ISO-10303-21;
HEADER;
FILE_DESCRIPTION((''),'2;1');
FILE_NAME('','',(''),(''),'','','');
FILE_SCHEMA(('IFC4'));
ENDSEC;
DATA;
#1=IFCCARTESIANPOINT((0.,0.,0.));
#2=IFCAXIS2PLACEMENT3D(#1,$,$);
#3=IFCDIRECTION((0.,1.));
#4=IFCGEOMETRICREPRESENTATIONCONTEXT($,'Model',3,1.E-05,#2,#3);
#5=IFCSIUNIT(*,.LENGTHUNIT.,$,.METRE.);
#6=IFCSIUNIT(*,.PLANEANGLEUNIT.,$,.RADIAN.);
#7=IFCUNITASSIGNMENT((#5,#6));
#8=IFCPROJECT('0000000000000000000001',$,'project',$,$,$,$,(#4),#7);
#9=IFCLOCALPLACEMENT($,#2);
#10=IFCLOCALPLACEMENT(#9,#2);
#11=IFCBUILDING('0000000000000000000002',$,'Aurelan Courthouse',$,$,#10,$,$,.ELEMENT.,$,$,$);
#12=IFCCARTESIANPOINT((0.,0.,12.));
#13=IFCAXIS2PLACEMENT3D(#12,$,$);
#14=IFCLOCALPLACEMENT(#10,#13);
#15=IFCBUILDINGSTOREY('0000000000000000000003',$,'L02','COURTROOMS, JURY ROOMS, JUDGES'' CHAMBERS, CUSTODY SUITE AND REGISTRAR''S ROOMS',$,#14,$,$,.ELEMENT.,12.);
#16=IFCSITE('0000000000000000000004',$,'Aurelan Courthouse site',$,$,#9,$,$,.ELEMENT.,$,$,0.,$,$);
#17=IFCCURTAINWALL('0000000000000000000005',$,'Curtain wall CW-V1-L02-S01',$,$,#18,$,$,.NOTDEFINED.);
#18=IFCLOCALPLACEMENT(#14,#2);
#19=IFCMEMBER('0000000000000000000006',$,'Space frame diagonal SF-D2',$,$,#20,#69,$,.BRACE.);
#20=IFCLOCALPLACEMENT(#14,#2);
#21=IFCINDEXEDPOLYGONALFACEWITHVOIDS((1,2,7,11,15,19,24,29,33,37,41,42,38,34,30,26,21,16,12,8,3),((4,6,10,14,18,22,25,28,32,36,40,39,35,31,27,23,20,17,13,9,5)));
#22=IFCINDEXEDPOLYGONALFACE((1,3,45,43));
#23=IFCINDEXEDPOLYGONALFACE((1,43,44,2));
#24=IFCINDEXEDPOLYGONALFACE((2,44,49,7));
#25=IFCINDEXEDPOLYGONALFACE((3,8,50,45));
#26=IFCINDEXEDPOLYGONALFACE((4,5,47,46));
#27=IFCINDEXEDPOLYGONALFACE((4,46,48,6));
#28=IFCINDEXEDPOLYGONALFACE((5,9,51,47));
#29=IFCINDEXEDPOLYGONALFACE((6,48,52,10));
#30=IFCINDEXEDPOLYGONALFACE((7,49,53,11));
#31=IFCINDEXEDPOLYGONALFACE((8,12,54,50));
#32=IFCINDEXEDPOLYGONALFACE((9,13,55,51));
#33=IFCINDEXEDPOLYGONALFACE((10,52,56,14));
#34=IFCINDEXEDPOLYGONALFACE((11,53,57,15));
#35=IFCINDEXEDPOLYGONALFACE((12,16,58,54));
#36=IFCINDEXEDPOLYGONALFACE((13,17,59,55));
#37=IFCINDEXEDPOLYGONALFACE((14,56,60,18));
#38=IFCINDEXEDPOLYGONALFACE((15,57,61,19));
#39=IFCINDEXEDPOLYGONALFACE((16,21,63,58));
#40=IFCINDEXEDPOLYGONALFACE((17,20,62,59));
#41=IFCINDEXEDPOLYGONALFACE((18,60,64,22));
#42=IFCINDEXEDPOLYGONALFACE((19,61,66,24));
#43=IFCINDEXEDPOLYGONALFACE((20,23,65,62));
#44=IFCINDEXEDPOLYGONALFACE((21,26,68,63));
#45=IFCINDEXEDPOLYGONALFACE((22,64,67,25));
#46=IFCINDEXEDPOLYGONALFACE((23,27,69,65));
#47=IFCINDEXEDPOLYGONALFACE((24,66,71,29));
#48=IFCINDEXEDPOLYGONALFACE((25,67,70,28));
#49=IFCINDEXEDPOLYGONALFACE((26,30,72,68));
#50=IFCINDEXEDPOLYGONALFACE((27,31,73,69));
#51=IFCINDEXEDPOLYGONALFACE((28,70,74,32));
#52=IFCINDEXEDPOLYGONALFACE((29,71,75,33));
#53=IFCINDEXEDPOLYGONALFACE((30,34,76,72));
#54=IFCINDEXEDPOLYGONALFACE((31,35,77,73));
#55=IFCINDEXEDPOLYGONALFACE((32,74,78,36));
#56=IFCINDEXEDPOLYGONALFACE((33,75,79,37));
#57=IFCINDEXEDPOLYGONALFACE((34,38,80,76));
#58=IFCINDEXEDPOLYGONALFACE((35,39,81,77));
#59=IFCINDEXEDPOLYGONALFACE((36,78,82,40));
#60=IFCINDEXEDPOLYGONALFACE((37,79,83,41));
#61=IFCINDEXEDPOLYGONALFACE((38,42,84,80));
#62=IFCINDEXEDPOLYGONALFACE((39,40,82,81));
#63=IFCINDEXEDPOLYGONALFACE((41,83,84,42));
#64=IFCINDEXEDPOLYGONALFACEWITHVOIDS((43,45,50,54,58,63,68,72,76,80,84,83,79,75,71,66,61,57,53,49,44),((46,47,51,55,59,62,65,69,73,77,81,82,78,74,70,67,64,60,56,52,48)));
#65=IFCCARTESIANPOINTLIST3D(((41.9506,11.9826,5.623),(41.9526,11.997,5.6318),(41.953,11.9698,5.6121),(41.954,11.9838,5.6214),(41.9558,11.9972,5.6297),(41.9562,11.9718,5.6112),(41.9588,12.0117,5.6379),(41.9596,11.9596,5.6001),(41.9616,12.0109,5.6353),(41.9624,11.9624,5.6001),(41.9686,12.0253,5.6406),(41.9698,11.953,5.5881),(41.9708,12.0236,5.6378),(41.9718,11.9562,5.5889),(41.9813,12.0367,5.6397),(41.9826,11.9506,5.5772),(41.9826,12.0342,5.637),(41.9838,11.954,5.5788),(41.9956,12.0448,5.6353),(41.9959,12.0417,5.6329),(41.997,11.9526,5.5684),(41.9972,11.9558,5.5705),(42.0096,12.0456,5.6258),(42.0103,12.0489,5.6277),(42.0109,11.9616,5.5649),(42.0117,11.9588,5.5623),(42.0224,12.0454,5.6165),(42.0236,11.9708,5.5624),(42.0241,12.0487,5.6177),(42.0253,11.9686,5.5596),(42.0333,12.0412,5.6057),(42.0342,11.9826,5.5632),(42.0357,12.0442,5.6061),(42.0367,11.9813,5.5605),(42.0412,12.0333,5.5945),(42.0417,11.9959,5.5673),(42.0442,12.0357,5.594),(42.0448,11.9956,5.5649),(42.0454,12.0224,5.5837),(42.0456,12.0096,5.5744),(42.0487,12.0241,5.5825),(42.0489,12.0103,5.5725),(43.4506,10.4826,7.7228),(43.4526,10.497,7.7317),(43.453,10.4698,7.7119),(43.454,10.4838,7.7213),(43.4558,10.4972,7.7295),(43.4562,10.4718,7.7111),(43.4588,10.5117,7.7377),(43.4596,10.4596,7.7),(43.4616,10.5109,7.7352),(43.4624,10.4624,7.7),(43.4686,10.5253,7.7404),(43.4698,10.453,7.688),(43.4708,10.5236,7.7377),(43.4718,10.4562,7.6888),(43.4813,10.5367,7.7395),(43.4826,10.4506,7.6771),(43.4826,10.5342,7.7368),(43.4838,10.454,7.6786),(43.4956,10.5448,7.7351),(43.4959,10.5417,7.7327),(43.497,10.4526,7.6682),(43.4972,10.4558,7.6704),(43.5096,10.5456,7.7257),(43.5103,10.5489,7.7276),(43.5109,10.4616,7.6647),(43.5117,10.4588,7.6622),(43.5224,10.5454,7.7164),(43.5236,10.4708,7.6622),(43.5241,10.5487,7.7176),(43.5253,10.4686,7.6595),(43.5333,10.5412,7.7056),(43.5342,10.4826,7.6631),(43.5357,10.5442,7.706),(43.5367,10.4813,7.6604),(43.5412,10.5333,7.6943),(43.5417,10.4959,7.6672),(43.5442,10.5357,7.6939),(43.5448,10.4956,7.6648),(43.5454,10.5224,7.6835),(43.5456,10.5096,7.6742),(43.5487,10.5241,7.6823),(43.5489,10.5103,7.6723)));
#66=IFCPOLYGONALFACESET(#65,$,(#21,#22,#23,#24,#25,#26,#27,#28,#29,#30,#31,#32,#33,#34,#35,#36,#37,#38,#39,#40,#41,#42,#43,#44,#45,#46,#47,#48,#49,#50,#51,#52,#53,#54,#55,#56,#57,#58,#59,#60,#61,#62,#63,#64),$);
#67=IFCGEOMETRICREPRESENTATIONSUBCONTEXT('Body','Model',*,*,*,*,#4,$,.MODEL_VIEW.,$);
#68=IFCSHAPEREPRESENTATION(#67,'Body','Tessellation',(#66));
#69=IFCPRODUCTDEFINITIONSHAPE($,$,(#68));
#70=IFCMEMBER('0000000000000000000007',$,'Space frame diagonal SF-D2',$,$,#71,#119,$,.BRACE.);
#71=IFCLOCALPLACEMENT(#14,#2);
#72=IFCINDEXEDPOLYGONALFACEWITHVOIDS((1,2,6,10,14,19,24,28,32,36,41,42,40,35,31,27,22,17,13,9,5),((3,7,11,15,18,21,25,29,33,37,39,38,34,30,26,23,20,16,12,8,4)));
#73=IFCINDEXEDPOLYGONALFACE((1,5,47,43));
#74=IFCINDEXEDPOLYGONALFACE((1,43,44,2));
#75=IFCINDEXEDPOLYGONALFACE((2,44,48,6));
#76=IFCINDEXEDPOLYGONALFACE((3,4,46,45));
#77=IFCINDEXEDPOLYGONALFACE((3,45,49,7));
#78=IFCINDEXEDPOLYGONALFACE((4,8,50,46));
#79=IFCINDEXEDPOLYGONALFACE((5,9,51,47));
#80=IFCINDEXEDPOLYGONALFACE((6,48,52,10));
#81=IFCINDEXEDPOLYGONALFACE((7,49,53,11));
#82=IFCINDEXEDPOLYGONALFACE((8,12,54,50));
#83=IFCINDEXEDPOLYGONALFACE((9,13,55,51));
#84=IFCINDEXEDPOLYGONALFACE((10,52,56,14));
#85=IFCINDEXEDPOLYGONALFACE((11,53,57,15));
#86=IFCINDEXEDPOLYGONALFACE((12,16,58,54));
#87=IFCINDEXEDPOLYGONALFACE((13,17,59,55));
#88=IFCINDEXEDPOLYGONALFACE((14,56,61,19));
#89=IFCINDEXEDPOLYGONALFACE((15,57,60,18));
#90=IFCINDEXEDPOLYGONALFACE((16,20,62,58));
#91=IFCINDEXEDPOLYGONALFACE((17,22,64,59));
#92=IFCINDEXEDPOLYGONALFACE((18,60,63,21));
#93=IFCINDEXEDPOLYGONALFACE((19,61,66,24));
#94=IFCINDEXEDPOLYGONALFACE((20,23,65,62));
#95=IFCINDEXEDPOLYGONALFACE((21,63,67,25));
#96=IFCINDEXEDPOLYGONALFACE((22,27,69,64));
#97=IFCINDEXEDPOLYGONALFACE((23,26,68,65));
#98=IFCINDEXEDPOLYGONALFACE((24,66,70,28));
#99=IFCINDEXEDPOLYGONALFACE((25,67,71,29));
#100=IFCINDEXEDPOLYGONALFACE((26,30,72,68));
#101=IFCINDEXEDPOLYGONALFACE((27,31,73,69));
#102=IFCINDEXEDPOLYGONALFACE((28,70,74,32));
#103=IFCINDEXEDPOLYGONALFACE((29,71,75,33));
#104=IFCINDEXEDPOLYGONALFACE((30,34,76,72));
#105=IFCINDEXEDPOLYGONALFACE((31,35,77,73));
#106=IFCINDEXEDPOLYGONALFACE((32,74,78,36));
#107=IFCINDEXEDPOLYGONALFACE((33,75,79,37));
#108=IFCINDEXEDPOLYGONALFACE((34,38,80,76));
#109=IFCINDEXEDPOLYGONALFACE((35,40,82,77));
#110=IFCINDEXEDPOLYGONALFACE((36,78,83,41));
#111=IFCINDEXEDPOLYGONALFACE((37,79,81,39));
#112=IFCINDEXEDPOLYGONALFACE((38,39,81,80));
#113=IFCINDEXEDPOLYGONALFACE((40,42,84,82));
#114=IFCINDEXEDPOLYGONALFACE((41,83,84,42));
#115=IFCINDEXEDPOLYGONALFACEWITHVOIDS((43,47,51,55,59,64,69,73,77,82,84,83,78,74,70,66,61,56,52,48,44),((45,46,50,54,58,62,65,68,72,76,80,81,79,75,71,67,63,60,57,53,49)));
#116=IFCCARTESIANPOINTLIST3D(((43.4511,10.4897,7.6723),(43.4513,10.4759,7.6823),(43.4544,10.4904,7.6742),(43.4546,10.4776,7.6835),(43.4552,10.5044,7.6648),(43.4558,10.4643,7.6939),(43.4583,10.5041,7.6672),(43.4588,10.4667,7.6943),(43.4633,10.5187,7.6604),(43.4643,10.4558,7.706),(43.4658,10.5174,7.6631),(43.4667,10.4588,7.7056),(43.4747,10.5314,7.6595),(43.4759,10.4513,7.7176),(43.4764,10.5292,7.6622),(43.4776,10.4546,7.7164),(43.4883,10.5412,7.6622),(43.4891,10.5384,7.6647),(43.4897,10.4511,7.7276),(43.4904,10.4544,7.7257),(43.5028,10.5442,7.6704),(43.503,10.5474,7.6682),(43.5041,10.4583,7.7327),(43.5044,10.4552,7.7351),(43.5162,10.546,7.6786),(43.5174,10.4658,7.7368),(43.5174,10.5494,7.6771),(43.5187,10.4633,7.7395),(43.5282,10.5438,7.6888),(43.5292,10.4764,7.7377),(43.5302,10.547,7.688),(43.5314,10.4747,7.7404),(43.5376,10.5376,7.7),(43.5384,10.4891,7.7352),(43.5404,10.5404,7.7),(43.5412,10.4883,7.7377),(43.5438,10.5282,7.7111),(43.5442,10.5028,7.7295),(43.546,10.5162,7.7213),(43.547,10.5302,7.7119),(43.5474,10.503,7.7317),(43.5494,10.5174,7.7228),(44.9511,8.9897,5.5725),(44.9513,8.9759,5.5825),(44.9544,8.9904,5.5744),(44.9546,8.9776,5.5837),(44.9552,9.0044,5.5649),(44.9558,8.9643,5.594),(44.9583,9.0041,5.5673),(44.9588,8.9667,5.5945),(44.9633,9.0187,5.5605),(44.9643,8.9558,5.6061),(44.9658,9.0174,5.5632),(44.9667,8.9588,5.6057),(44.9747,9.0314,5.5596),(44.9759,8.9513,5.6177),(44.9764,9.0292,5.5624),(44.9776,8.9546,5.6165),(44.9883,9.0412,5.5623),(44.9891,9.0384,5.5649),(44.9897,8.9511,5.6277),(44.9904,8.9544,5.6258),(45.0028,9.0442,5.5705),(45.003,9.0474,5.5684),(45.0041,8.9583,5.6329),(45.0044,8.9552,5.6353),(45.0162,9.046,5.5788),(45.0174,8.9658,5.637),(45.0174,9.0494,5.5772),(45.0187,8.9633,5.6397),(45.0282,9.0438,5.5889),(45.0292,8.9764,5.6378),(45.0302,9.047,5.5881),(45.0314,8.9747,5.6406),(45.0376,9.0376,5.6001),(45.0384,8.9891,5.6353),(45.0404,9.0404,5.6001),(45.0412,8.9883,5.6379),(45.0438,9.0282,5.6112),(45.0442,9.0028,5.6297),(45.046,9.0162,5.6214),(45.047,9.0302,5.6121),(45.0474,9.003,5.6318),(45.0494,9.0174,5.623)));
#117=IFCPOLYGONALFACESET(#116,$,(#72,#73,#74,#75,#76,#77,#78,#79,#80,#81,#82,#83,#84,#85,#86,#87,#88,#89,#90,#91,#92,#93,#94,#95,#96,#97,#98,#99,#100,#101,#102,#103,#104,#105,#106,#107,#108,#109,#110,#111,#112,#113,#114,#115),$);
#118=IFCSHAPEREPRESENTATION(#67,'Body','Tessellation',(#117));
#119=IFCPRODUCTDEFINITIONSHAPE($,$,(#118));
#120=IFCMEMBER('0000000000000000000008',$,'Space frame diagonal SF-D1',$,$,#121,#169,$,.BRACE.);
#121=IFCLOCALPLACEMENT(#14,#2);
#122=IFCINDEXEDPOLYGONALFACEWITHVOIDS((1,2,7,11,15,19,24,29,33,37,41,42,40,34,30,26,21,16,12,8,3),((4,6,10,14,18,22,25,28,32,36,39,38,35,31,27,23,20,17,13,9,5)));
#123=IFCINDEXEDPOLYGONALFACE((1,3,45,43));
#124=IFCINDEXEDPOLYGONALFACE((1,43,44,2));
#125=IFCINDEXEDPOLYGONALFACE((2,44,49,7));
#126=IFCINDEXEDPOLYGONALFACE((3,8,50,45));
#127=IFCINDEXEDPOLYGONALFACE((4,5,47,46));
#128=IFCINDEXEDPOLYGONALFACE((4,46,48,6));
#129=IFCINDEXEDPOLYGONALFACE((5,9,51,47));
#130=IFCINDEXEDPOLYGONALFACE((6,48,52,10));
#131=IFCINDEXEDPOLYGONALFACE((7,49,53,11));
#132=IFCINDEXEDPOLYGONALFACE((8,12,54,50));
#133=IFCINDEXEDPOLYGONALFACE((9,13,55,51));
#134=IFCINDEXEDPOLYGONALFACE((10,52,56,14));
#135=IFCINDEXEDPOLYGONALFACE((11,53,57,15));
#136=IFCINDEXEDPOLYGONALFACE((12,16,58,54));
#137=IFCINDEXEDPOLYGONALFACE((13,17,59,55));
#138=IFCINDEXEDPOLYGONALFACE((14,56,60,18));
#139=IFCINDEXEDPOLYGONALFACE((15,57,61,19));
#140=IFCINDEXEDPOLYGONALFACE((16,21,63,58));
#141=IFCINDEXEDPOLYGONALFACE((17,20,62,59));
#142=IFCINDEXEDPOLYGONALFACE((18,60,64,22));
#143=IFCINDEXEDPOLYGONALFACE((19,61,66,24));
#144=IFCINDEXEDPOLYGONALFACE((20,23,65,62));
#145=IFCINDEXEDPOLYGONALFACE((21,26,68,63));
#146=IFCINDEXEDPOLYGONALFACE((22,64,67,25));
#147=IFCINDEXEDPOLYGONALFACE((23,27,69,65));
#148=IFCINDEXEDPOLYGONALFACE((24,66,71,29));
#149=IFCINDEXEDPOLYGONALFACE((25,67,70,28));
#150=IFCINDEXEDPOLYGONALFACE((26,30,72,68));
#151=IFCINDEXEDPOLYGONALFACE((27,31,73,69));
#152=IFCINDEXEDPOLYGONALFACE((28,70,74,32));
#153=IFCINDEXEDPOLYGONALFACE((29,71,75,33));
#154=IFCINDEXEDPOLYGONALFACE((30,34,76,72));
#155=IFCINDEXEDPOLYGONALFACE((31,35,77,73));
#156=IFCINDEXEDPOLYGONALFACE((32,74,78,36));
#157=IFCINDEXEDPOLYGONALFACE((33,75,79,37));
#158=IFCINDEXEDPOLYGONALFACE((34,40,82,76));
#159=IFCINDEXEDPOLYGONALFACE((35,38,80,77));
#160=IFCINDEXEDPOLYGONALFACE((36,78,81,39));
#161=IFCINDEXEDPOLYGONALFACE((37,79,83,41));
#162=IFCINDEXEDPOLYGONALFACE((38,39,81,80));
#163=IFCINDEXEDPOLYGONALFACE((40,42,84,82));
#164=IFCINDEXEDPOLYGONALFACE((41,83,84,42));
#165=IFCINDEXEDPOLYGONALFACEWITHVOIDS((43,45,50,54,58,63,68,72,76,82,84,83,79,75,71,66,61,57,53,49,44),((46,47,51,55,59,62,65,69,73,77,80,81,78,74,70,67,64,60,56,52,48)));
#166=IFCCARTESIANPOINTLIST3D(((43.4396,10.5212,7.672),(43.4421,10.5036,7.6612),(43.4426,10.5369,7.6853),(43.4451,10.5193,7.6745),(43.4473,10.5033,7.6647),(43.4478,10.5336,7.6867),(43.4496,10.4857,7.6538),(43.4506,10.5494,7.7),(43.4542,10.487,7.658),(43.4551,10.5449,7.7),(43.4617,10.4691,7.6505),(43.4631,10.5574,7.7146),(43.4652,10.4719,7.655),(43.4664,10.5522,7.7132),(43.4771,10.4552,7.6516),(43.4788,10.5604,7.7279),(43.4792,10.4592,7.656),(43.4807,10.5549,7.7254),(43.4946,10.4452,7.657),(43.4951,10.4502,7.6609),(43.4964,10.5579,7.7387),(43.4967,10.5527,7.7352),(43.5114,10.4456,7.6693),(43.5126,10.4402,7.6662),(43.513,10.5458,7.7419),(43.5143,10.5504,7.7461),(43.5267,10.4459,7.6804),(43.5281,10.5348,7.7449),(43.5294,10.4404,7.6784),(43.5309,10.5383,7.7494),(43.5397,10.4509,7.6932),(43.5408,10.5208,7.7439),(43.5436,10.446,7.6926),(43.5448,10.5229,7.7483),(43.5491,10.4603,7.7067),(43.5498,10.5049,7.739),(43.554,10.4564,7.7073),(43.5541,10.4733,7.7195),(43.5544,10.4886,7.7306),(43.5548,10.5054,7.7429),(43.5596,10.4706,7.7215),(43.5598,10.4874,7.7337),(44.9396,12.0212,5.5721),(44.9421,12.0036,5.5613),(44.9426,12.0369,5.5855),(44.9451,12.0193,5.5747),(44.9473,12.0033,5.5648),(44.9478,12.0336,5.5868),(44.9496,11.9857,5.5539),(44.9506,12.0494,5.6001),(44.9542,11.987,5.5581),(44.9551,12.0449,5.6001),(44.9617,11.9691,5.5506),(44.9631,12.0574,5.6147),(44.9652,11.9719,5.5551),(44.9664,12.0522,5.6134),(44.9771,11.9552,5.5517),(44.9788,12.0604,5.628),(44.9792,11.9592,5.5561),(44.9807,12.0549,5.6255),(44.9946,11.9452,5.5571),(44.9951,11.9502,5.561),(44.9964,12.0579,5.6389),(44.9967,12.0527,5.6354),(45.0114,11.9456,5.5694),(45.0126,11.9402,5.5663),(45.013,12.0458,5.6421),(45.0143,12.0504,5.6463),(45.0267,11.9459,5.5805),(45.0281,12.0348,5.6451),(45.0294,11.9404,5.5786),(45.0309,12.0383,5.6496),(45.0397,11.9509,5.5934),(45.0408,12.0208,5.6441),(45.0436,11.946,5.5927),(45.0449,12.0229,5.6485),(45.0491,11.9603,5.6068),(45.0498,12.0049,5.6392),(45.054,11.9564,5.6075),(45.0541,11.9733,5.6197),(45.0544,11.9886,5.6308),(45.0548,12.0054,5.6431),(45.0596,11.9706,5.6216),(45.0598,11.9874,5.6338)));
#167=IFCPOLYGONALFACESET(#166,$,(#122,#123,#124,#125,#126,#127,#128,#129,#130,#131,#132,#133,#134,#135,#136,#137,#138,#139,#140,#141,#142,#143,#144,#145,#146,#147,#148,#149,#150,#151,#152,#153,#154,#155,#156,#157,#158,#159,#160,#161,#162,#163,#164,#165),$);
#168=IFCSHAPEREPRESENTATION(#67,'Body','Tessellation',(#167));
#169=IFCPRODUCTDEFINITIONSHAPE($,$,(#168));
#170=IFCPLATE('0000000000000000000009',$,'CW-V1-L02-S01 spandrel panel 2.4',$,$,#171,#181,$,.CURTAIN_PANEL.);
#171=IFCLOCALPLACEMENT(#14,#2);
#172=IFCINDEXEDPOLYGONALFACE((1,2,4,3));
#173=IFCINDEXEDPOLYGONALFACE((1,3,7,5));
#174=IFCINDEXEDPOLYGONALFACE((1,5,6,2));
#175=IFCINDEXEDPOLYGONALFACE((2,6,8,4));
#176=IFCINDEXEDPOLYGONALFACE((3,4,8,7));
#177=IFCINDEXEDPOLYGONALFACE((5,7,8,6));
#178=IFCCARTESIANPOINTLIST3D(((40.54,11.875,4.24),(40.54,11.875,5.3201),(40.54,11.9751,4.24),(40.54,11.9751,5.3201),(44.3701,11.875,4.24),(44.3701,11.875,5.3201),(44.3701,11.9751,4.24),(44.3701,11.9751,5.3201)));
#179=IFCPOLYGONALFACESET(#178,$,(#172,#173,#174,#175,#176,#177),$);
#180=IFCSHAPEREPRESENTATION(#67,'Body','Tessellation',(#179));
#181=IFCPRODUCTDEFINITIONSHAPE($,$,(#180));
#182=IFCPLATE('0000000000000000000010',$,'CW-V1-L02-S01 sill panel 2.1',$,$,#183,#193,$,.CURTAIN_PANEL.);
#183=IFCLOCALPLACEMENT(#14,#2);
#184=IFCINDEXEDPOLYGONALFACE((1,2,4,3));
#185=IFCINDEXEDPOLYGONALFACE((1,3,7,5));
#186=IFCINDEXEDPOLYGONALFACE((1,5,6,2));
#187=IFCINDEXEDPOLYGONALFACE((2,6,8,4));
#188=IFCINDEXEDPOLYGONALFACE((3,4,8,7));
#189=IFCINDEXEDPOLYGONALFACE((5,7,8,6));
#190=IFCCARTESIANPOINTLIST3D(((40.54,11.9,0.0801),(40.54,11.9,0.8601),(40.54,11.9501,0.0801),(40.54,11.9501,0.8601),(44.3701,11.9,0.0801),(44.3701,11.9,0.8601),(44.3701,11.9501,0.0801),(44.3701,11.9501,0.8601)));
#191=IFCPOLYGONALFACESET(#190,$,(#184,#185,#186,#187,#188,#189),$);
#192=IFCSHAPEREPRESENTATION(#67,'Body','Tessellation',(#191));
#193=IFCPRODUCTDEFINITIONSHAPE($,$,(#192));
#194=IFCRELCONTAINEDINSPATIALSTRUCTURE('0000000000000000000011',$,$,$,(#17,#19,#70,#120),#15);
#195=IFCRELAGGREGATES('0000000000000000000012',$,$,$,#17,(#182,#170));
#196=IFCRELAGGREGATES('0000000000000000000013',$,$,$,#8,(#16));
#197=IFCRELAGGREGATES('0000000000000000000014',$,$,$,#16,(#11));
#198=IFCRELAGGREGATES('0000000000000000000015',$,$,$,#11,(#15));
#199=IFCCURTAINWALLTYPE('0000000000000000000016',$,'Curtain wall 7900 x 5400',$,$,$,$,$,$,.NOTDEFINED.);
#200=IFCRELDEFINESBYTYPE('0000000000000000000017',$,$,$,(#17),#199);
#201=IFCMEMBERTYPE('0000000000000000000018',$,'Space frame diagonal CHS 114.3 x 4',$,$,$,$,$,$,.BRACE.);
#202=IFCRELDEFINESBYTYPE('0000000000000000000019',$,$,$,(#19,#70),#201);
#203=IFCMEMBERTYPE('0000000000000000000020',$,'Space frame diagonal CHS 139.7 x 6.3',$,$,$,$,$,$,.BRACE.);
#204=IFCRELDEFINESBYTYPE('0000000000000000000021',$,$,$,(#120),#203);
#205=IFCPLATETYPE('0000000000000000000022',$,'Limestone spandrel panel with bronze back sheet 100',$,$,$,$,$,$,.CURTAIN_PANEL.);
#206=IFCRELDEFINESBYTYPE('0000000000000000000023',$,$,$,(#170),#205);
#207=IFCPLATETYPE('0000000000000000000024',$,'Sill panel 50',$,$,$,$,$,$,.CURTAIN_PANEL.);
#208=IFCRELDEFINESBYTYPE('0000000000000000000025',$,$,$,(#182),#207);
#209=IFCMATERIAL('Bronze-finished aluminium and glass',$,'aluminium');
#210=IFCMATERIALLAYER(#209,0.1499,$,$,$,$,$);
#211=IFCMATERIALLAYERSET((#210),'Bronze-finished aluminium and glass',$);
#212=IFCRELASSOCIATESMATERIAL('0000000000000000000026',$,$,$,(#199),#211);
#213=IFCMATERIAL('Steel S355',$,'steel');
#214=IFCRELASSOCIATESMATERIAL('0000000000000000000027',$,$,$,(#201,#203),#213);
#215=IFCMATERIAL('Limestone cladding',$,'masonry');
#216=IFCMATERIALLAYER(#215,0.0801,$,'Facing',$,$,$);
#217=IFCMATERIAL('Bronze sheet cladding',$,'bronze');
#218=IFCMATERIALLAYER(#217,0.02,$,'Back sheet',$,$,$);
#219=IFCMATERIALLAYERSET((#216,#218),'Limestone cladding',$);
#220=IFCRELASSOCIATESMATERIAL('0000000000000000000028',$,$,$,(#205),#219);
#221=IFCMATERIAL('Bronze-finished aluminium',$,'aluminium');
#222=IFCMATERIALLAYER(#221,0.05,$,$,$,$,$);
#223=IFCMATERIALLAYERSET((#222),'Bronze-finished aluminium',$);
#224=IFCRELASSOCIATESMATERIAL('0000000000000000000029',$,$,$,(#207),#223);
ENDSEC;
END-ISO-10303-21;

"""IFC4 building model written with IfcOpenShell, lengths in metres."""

from ifc_helpers import new_model, si_unit, direction, frame, origin, origin_2d, place, context, subcontext, project, spatial, rectangle, hollow_circle, extrude, material, layer, layer_set, material_profile, profile_set, type_object, element, aggregate, save


model = new_model("IFC4")

# Units and contexts
model_context = context("Model", 3, precision=1e-05, world=origin(), true_north=direction((0.0, 1.0)))
body_context = subcontext(model_context, "Body", "Model", "MODEL_VIEW")
ifc_project = project(units=[si_unit("LENGTHUNIT", "METRE"), si_unit("PLANEANGLEUNIT", "RADIAN")], contexts=[model_context])

# Site, building, storey
site_placement = place(None, origin())
site = spatial("IfcSite", under=ifc_project, at=site_placement, Name="Aurelan Courthouse site", CompositionType="ELEMENT", RefElevation=0.0)
building_placement = place(site_placement, origin())
building = spatial("IfcBuilding", under=site, at=building_placement, Name="Aurelan Courthouse", CompositionType="ELEMENT")
storey_placement = place(building_placement, frame((0.0, 0.0, 12.0)))
storey = spatial("IfcBuildingStorey", under=building, at=storey_placement, Name="L02", Description="COURTROOMS, JURY ROOMS, JUDGES' CHAMBERS, CUSTODY SUITE AND REGISTRAR'S ROOMS", CompositionType="ELEMENT", Elevation=12.0)

# Curtain wall
ifc_material_1 = material(Name="Bronze-finished aluminium and glass", Category="aluminium")
ifc_layer_1 = layer(ifc_material_1, 0.1499)
ifc_layer_set_1 = layer_set([ifc_layer_1], Name="Bronze-finished aluminium and glass")
curtain_wall_type = type_object("IfcCurtainWallType", Name="Curtain wall 7900 x 5400", PredefinedType="NOTDEFINED", material=ifc_layer_set_1)
curtain_wall_1_placement = place(storey_placement, origin())
curtain_wall_1 = element("IfcCurtainWall", 1, at=curtain_wall_1_placement, inside=storey, type_object=curtain_wall_type, Name="Curtain wall CW-V1-L02-S01", PredefinedType="NOTDEFINED")
ifc_material_2 = material(Name="Bronze-finished aluminium", Category="aluminium")

# Members
ifc_material_3 = material(Name="Steel S355", Category="steel")
ifc_material_profile_1 = material_profile(ifc_material_3, hollow_circle(Radius=0.0571, WallThickness=0.0039, at=origin_2d()), Name="CHS 114.3 x 4")
ifc_profile_set_1 = profile_set([ifc_material_profile_1], Name="Steel S355")
member_type_1 = type_object("IfcMemberType", Name="Space frame diagonal CHS 114.3 x 4", PredefinedType="BRACE", material=ifc_profile_set_1)
for number, where, z_axis, x_axis, name in (
    (2, (43.5, 10.5, 7.7), (-0.502536, 0.502536, -0.703502), (-0.707107, -0.707107, 0.0), "Space frame diagonal SF-D2"),
    (3, (43.5, 10.5, 7.7), (0.502536, -0.502536, -0.703502), (0.707107, 0.707107, 0.0), "Space frame diagonal SF-D2"),
):
    element("IfcMember", number, at=place(storey_placement, frame(where, z_axis=z_axis, x_axis=x_axis)), inside=storey, type_object=member_type_1, Name=name, PredefinedType="BRACE", context=body_context, shape_type="SweptSolid", body=[
        extrude(hollow_circle(Radius=0.0571, WallThickness=0.0039, at=origin_2d()), origin(), (0.0, 0.0, 1.0), 2.9849),
    ])
ifc_material_profile_2 = material_profile(ifc_material_3, hollow_circle(Radius=0.0698, WallThickness=0.0063, at=origin_2d()), Name="CHS 139.7 x 6.3")
ifc_profile_set_2 = profile_set([ifc_material_profile_2], Name="Steel S355")
member_type_2 = type_object("IfcMemberType", Name="Space frame diagonal CHS 139.7 x 6.3", PredefinedType="BRACE", material=ifc_profile_set_2)
member_1_placement = place(storey_placement, frame((43.5, 10.5, 7.7), z_axis=(0.502536, 0.502536, -0.703502), x_axis=(-0.707107, 0.707107, 0.0)))
element("IfcMember", 4, at=member_1_placement, inside=storey, type_object=member_type_2, Name="Space frame diagonal SF-D1", PredefinedType="BRACE", context=body_context, shape_type="SweptSolid", body=[
    extrude(hollow_circle(Radius=0.0698, WallThickness=0.0063, at=origin_2d()), origin(), (0.0, 0.0, 1.0), 2.9849),
])

# Plates
ifc_material_4 = material(Name="Limestone cladding", Category="masonry")
ifc_layer_2 = layer(ifc_material_4, 0.0801, Name="Facing")
ifc_material_5 = material(Name="Bronze sheet cladding", Category="bronze")
ifc_layer_3 = layer(ifc_material_5, 0.02, Name="Back sheet")
ifc_layer_set_2 = layer_set([ifc_layer_2, ifc_layer_3], Name="Limestone cladding")
plate_type_1 = type_object("IfcPlateType", Name="Limestone spandrel panel with bronze back sheet 100", PredefinedType="CURTAIN_PANEL", material=ifc_layer_set_2)
plate_1_placement = place(storey_placement, frame((42.4551, 11.925, 4.24), z_axis=(0.0, 0.0, 1.0), x_axis=(1.0, 0.0, 0.0)))
plate_1 = element("IfcPlate", 5, at=plate_1_placement, type_object=plate_type_1, Name="CW-V1-L02-S01 spandrel panel 2.4", PredefinedType="CURTAIN_PANEL", context=body_context, shape_type="SweptSolid", body=[
    extrude(rectangle(XDim=3.8301, YDim=0.1001, at=origin_2d()), origin(), (0.0, 0.0, 1.0), 1.0801),
])
ifc_layer_4 = layer(ifc_material_2, 0.05)
ifc_layer_set_3 = layer_set([ifc_layer_4], Name="Bronze-finished aluminium")
plate_type_2 = type_object("IfcPlateType", Name="Sill panel 50", PredefinedType="CURTAIN_PANEL", material=ifc_layer_set_3)
plate_2_placement = place(storey_placement, frame((42.4551, 11.925, 0.0801), z_axis=(0.0, 0.0, 1.0), x_axis=(1.0, 0.0, 0.0)))
plate_2 = element("IfcPlate", 6, at=plate_2_placement, type_object=plate_type_2, Name="CW-V1-L02-S01 sill panel 2.1", PredefinedType="CURTAIN_PANEL", context=body_context, shape_type="SweptSolid", body=[
    extrude(rectangle(XDim=3.8301, YDim=0.05, at=origin_2d()), origin(), (0.0, 0.0, 1.0), 0.78),
])

aggregate(curtain_wall_1, [plate_2, plate_1])

save(model, "model.ifc")
